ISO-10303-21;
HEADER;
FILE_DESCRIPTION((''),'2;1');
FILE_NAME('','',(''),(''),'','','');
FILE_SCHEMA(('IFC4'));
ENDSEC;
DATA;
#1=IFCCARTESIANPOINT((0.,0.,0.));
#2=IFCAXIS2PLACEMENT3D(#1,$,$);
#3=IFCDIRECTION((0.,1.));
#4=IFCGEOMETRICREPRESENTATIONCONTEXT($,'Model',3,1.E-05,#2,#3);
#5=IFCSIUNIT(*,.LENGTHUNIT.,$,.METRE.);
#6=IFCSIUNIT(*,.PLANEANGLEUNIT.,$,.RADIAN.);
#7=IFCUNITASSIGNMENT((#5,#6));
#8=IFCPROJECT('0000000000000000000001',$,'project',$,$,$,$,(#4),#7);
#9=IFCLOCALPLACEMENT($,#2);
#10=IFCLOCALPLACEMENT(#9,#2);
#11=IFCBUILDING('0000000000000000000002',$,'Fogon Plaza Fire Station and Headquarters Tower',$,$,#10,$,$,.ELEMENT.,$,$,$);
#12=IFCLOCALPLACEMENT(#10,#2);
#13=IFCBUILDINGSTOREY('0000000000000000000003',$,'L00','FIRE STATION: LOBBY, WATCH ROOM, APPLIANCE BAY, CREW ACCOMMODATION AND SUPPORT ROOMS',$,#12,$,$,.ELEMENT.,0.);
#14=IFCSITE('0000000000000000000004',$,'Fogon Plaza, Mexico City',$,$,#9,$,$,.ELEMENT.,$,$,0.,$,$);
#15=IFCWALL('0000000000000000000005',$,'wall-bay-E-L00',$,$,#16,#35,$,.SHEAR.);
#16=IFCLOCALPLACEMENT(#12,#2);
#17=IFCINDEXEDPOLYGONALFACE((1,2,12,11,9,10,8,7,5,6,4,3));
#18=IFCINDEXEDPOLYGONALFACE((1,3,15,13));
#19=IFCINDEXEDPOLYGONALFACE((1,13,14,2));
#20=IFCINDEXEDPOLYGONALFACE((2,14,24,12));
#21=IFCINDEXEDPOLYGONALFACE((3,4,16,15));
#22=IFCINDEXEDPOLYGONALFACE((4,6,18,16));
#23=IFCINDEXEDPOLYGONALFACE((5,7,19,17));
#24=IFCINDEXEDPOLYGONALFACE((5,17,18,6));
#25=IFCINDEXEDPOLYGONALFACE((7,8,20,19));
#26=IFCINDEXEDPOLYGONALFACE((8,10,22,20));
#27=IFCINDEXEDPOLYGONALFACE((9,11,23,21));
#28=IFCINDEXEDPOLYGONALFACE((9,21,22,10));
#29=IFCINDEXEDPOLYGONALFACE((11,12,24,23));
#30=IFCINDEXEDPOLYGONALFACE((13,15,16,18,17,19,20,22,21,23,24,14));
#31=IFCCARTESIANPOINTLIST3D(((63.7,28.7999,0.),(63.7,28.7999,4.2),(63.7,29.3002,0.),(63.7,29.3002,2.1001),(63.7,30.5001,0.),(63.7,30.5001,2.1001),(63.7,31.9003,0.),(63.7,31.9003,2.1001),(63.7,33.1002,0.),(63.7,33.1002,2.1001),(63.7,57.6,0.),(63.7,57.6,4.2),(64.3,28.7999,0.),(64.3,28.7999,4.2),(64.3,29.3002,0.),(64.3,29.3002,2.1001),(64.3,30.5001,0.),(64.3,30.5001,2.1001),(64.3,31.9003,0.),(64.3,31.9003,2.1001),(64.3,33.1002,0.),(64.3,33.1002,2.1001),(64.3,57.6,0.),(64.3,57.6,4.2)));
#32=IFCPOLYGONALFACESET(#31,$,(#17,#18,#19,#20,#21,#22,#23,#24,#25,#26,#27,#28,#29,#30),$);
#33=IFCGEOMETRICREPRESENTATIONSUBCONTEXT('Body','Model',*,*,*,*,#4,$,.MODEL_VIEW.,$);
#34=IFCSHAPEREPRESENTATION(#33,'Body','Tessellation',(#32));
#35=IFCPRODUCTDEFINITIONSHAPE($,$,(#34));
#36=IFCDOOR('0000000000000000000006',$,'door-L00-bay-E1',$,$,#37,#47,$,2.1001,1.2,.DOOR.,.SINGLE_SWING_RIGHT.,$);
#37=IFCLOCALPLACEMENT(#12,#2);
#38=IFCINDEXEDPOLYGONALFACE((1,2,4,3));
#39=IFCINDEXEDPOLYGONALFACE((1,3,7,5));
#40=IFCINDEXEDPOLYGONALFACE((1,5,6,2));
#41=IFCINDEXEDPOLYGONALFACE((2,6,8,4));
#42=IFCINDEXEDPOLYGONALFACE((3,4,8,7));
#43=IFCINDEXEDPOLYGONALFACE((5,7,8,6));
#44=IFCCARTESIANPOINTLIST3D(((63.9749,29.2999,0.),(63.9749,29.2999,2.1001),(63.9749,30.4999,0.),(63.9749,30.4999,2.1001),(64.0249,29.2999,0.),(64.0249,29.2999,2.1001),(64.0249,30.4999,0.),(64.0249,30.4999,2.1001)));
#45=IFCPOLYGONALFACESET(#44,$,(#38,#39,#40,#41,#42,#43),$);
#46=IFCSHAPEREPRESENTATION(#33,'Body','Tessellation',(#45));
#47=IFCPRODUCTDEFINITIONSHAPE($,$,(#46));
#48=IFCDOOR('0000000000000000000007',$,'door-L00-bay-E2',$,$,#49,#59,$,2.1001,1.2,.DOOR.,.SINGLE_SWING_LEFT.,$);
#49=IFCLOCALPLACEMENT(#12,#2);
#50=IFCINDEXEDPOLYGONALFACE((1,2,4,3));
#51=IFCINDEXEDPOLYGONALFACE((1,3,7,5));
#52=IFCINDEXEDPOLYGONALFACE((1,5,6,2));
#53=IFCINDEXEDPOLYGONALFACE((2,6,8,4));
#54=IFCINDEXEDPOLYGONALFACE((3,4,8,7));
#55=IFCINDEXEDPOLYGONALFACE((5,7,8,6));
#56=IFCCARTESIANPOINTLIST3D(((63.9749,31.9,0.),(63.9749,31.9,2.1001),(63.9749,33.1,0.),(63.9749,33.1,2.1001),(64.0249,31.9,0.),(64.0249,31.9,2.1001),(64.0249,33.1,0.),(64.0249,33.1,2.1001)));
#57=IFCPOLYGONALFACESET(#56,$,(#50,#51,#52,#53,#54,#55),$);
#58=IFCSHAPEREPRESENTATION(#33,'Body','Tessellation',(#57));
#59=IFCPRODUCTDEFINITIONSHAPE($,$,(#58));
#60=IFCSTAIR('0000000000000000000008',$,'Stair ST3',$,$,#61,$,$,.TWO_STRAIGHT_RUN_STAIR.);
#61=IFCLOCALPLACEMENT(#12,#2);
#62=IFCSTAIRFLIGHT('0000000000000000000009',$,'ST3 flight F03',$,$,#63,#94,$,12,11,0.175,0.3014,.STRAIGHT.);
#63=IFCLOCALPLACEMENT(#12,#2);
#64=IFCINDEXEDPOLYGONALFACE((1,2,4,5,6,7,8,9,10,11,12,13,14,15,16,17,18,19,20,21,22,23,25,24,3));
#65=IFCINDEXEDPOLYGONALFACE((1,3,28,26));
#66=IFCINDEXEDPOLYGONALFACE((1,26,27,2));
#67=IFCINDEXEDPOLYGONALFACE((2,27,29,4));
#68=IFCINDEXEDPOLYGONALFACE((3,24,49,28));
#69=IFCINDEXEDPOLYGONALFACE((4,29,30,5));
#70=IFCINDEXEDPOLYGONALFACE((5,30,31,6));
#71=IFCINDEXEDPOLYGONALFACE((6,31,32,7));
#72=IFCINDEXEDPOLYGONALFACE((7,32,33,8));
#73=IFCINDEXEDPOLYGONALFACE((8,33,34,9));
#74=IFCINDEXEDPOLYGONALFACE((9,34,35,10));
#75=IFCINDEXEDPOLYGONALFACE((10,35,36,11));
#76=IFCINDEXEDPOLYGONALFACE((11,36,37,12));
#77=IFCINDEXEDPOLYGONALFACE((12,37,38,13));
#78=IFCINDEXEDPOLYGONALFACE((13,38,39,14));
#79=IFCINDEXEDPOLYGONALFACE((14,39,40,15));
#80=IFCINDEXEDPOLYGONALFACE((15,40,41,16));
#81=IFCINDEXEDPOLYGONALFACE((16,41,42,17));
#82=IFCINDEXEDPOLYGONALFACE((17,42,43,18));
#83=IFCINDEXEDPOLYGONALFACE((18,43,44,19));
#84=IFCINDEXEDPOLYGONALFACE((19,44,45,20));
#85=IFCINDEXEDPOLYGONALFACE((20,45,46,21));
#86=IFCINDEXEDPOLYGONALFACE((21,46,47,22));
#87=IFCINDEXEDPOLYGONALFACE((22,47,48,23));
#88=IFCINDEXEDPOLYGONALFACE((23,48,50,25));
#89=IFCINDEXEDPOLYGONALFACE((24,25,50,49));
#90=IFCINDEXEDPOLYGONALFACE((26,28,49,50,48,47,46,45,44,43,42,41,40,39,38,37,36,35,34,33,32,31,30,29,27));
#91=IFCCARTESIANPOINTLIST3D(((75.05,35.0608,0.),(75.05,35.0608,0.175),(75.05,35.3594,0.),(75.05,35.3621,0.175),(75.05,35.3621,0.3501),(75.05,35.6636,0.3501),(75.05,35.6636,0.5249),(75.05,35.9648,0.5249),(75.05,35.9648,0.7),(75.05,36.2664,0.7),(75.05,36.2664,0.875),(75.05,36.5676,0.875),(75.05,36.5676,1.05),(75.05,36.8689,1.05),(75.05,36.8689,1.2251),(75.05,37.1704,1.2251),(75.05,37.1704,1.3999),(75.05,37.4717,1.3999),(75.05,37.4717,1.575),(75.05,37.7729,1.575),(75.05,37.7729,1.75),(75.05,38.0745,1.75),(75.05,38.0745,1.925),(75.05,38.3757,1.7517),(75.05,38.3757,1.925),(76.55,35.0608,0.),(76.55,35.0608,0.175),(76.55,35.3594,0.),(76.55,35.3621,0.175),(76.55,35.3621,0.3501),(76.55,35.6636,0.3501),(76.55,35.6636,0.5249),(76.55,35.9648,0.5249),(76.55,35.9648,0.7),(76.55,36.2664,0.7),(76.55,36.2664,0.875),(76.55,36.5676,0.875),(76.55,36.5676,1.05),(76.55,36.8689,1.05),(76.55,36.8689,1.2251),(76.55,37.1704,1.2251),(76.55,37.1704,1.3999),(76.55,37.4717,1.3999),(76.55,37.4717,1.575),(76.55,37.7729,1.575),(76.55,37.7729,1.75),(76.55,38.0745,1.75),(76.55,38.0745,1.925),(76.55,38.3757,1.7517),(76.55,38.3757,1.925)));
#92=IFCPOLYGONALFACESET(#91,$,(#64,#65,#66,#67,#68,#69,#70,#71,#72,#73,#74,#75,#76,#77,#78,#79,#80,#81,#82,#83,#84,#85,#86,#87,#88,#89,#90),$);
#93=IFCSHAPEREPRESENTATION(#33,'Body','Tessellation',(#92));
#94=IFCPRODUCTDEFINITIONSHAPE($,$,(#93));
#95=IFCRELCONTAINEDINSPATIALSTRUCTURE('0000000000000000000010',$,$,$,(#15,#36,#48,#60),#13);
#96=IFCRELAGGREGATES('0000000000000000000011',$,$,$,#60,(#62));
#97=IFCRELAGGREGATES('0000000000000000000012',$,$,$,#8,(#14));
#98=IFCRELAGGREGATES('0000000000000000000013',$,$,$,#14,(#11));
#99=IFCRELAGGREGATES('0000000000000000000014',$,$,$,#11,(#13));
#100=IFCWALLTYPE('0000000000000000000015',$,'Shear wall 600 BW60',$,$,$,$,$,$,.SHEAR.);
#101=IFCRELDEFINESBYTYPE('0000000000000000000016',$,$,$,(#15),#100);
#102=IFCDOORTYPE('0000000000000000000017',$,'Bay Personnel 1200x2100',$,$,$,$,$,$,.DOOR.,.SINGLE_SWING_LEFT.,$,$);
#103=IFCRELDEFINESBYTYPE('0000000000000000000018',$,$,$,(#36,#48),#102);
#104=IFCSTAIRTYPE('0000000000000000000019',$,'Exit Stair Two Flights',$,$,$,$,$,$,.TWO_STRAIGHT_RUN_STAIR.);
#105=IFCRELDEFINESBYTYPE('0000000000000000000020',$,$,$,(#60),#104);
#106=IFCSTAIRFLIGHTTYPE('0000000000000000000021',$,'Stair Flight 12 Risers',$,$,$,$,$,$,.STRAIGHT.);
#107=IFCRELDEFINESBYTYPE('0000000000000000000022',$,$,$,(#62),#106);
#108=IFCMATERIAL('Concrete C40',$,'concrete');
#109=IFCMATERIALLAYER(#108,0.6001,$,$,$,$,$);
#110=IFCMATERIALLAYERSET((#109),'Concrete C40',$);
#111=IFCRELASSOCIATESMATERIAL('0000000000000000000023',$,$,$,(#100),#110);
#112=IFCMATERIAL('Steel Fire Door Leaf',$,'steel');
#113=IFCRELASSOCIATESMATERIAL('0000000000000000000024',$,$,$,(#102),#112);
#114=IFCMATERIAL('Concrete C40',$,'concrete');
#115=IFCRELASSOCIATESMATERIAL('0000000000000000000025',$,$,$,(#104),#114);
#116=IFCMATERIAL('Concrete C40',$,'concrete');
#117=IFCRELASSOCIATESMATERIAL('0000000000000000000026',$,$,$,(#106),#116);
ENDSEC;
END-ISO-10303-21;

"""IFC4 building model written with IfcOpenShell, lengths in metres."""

from ifc_helpers import new_model, si_unit, direction, frame, frame_2d, origin, place, context, subcontext, project, spatial, polyline, rectangle, outline, extrude, material, layer, layer_set, type_object, element, fill, aggregate, save


model = new_model("IFC4")

# Units and contexts
model_context = context("Model", 3, precision=1e-05, world=origin(), true_north=direction((0.0, 1.0)))
body_context = subcontext(model_context, "Body", "Model", "MODEL_VIEW")
ifc_project = project(units=[si_unit("LENGTHUNIT", "METRE"), si_unit("PLANEANGLEUNIT", "RADIAN")], contexts=[model_context])

# Site, building, storey
site_placement = place(None, origin())
site = spatial("IfcSite", under=ifc_project, at=site_placement, Name="Fogon Plaza, Mexico City", CompositionType="ELEMENT", RefElevation=0.0)
building_placement = place(site_placement, origin())
building = spatial("IfcBuilding", under=site, at=building_placement, Name="Fogon Plaza Fire Station and Headquarters Tower", CompositionType="ELEMENT")
storey_placement = place(building_placement, origin())
storey = spatial("IfcBuildingStorey", under=building, at=storey_placement, Name="L00", Description="FIRE STATION: LOBBY, WATCH ROOM, APPLIANCE BAY, CREW ACCOMMODATION AND SUPPORT ROOMS", CompositionType="ELEMENT", Elevation=0.0)

# Wall, openings, doors
ifc_material_1 = material(Name="Concrete C40", Category="concrete")
ifc_layer_1 = layer(ifc_material_1, 0.6001)
ifc_layer_set_1 = layer_set([ifc_layer_1], Name="Concrete C40")
wall_type_1 = type_object("IfcWallType", Name="Shear wall 600 BW60", PredefinedType="SHEAR", material=ifc_layer_set_1)
wall_1_placement = place(storey_placement, frame((64.0, 28.8, 0.0), z_axis=(0.0, 0.0, 1.0), x_axis=(0.0, 1.0, 0.0)))
wall_1 = element("IfcWall", 1, at=wall_1_placement, inside=storey, type_object=wall_type_1, Name="wall-bay-E-L00", PredefinedType="SHEAR", context=body_context, shape_type="SweptSolid", body=[
    extrude(rectangle(XDim=28.8, YDim=0.6001, at=frame_2d((14.3999, 0.0))), origin(), (0.0, 0.0, 1.0), 4.2),
])
opening_1_placement = place(wall_1_placement, frame((0.5, 0.0, 0.0)))
opening_1 = element("IfcOpeningElement", 2, at=opening_1_placement, cuts=wall_1, PredefinedType="OPENING", context=body_context, shape_type="SweptSolid", body=[
    extrude(rectangle(XDim=1.2, YDim=2.1001, at=frame_2d((0.6001, 1.05))), frame((0.0, 0.3101, 0.0), z_axis=(0.0, -1.0, 0.0), x_axis=(1.0, 0.0, 0.0)), (0.0, 0.0, 1.0), 0.6201),
])
opening_2_placement = place(wall_1_placement, frame((3.1001, 0.0, 0.0)))
opening_2 = element("IfcOpeningElement", 3, at=opening_2_placement, cuts=wall_1, PredefinedType="OPENING", context=body_context, shape_type="SweptSolid", body=[
    extrude(rectangle(XDim=1.2, YDim=2.1001, at=frame_2d((0.6001, 1.05))), frame((0.0, 0.3101, 0.0), z_axis=(0.0, -1.0, 0.0), x_axis=(1.0, 0.0, 0.0)), (0.0, 0.0, 1.0), 0.6201),
])
ifc_material_2 = material(Name="Steel Fire Door Leaf", Category="steel")
door_type_1 = type_object("IfcDoorType", Name="Bay Personnel 1200x2100", OperationType="SINGLE_SWING_LEFT", PredefinedType="DOOR", material=ifc_material_2)
door_1_placement = place(opening_1_placement, frame((1.2, 0.0, 0.0), z_axis=(0.0, 0.0, 1.0), x_axis=(-1.0, 0.0, 0.0)))
door_1 = element("IfcDoor", 4, at=door_1_placement, inside=storey, type_object=door_type_1, Name="door-L00-bay-E1", OperationType="SINGLE_SWING_RIGHT", OverallHeight=2.1001, OverallWidth=1.2, PredefinedType="DOOR", context=body_context, shape_type="SweptSolid", body=[
    extrude(rectangle(XDim=1.2, YDim=2.1001, at=frame_2d((0.6001, 1.05))), frame((0.0, 0.0249, 0.0), z_axis=(0.0, -1.0, 0.0), x_axis=(1.0, 0.0, 0.0)), (0.0, 0.0, 1.0), 0.05),
])
fill(opening_1, door_1)
door_2_placement = place(opening_2_placement, frame((1.2, 0.0, 0.0), z_axis=(0.0, 0.0, 1.0), x_axis=(-1.0, 0.0, 0.0)))
door_2 = element("IfcDoor", 5, at=door_2_placement, inside=storey, type_object=door_type_1, Name="door-L00-bay-E2", OperationType="SINGLE_SWING_LEFT", OverallHeight=2.1001, OverallWidth=1.2, PredefinedType="DOOR", context=body_context, shape_type="SweptSolid", body=[
    extrude(rectangle(XDim=1.2, YDim=2.1001, at=frame_2d((0.6001, 1.05))), frame((0.0, 0.0249, 0.0), z_axis=(0.0, -1.0, 0.0), x_axis=(1.0, 0.0, 0.0)), (0.0, 0.0, 1.0), 0.05),
])
fill(opening_2, door_2)

# Stair, stair flight
ifc_material_3 = material(Name="Concrete C40", Category="concrete")
stair_type = type_object("IfcStairType", Name="Exit Stair Two Flights", PredefinedType="TWO_STRAIGHT_RUN_STAIR", material=ifc_material_3)
stair_placement = place(storey_placement, origin())
stair = element("IfcStair", 6, at=stair_placement, inside=storey, type_object=stair_type, Name="Stair ST3", PredefinedType="TWO_STRAIGHT_RUN_STAIR")
ifc_material_4 = material(Name="Concrete C40", Category="concrete")
stair_flight_type = type_object("IfcStairFlightType", Name="Stair Flight 12 Risers", PredefinedType="STRAIGHT", material=ifc_material_4)
stair_flight_placement = place(storey_placement, frame((75.8, 35.0608, 0.0), z_axis=(0.0, 0.0, 1.0), x_axis=(0.0, 1.0, 0.0)))
stair_flight = element("IfcStairFlight", 7, at=stair_flight_placement, type_object=stair_flight_type, Name="ST3 flight F03", NumberOfRisers=12, NumberOfTreads=11, PredefinedType="STRAIGHT", RiserHeight=0.175, TreadLength=0.3014, context=body_context, shape_type="SweptSolid", body=[
    extrude(outline(polyline([(0.0, 0.0), (0.0, 0.175), (0.3013, 0.175), (0.3013, 0.3501), (0.6028, 0.3501), (0.6028, 0.5249), (0.9041, 0.5249), (0.9041, 0.7), (1.2056, 0.7), (1.2056, 0.875), (1.5068, 0.875), (1.5068, 1.05), (1.8081, 1.05), (1.8081, 1.2251), (2.1096, 1.2251), (2.1096, 1.3999), (2.4109, 1.3999), (2.4109, 1.575), (2.7122, 1.575), (2.7122, 1.75), (3.0137, 1.75), (3.0137, 1.925), (3.3149, 1.925), (3.3149, 2.1001), (3.3149, 1.7517), (0.2986, 0.0), (0.0, 0.0)])), frame((0.0, 0.75, 0.0), z_axis=(0.0, -1.0, 0.0), x_axis=(1.0, 0.0, 0.0)), (0.0, 0.0, 1.0), 1.5),
])
aggregate(stair, [stair_flight])

save(model, "model.ifc")
